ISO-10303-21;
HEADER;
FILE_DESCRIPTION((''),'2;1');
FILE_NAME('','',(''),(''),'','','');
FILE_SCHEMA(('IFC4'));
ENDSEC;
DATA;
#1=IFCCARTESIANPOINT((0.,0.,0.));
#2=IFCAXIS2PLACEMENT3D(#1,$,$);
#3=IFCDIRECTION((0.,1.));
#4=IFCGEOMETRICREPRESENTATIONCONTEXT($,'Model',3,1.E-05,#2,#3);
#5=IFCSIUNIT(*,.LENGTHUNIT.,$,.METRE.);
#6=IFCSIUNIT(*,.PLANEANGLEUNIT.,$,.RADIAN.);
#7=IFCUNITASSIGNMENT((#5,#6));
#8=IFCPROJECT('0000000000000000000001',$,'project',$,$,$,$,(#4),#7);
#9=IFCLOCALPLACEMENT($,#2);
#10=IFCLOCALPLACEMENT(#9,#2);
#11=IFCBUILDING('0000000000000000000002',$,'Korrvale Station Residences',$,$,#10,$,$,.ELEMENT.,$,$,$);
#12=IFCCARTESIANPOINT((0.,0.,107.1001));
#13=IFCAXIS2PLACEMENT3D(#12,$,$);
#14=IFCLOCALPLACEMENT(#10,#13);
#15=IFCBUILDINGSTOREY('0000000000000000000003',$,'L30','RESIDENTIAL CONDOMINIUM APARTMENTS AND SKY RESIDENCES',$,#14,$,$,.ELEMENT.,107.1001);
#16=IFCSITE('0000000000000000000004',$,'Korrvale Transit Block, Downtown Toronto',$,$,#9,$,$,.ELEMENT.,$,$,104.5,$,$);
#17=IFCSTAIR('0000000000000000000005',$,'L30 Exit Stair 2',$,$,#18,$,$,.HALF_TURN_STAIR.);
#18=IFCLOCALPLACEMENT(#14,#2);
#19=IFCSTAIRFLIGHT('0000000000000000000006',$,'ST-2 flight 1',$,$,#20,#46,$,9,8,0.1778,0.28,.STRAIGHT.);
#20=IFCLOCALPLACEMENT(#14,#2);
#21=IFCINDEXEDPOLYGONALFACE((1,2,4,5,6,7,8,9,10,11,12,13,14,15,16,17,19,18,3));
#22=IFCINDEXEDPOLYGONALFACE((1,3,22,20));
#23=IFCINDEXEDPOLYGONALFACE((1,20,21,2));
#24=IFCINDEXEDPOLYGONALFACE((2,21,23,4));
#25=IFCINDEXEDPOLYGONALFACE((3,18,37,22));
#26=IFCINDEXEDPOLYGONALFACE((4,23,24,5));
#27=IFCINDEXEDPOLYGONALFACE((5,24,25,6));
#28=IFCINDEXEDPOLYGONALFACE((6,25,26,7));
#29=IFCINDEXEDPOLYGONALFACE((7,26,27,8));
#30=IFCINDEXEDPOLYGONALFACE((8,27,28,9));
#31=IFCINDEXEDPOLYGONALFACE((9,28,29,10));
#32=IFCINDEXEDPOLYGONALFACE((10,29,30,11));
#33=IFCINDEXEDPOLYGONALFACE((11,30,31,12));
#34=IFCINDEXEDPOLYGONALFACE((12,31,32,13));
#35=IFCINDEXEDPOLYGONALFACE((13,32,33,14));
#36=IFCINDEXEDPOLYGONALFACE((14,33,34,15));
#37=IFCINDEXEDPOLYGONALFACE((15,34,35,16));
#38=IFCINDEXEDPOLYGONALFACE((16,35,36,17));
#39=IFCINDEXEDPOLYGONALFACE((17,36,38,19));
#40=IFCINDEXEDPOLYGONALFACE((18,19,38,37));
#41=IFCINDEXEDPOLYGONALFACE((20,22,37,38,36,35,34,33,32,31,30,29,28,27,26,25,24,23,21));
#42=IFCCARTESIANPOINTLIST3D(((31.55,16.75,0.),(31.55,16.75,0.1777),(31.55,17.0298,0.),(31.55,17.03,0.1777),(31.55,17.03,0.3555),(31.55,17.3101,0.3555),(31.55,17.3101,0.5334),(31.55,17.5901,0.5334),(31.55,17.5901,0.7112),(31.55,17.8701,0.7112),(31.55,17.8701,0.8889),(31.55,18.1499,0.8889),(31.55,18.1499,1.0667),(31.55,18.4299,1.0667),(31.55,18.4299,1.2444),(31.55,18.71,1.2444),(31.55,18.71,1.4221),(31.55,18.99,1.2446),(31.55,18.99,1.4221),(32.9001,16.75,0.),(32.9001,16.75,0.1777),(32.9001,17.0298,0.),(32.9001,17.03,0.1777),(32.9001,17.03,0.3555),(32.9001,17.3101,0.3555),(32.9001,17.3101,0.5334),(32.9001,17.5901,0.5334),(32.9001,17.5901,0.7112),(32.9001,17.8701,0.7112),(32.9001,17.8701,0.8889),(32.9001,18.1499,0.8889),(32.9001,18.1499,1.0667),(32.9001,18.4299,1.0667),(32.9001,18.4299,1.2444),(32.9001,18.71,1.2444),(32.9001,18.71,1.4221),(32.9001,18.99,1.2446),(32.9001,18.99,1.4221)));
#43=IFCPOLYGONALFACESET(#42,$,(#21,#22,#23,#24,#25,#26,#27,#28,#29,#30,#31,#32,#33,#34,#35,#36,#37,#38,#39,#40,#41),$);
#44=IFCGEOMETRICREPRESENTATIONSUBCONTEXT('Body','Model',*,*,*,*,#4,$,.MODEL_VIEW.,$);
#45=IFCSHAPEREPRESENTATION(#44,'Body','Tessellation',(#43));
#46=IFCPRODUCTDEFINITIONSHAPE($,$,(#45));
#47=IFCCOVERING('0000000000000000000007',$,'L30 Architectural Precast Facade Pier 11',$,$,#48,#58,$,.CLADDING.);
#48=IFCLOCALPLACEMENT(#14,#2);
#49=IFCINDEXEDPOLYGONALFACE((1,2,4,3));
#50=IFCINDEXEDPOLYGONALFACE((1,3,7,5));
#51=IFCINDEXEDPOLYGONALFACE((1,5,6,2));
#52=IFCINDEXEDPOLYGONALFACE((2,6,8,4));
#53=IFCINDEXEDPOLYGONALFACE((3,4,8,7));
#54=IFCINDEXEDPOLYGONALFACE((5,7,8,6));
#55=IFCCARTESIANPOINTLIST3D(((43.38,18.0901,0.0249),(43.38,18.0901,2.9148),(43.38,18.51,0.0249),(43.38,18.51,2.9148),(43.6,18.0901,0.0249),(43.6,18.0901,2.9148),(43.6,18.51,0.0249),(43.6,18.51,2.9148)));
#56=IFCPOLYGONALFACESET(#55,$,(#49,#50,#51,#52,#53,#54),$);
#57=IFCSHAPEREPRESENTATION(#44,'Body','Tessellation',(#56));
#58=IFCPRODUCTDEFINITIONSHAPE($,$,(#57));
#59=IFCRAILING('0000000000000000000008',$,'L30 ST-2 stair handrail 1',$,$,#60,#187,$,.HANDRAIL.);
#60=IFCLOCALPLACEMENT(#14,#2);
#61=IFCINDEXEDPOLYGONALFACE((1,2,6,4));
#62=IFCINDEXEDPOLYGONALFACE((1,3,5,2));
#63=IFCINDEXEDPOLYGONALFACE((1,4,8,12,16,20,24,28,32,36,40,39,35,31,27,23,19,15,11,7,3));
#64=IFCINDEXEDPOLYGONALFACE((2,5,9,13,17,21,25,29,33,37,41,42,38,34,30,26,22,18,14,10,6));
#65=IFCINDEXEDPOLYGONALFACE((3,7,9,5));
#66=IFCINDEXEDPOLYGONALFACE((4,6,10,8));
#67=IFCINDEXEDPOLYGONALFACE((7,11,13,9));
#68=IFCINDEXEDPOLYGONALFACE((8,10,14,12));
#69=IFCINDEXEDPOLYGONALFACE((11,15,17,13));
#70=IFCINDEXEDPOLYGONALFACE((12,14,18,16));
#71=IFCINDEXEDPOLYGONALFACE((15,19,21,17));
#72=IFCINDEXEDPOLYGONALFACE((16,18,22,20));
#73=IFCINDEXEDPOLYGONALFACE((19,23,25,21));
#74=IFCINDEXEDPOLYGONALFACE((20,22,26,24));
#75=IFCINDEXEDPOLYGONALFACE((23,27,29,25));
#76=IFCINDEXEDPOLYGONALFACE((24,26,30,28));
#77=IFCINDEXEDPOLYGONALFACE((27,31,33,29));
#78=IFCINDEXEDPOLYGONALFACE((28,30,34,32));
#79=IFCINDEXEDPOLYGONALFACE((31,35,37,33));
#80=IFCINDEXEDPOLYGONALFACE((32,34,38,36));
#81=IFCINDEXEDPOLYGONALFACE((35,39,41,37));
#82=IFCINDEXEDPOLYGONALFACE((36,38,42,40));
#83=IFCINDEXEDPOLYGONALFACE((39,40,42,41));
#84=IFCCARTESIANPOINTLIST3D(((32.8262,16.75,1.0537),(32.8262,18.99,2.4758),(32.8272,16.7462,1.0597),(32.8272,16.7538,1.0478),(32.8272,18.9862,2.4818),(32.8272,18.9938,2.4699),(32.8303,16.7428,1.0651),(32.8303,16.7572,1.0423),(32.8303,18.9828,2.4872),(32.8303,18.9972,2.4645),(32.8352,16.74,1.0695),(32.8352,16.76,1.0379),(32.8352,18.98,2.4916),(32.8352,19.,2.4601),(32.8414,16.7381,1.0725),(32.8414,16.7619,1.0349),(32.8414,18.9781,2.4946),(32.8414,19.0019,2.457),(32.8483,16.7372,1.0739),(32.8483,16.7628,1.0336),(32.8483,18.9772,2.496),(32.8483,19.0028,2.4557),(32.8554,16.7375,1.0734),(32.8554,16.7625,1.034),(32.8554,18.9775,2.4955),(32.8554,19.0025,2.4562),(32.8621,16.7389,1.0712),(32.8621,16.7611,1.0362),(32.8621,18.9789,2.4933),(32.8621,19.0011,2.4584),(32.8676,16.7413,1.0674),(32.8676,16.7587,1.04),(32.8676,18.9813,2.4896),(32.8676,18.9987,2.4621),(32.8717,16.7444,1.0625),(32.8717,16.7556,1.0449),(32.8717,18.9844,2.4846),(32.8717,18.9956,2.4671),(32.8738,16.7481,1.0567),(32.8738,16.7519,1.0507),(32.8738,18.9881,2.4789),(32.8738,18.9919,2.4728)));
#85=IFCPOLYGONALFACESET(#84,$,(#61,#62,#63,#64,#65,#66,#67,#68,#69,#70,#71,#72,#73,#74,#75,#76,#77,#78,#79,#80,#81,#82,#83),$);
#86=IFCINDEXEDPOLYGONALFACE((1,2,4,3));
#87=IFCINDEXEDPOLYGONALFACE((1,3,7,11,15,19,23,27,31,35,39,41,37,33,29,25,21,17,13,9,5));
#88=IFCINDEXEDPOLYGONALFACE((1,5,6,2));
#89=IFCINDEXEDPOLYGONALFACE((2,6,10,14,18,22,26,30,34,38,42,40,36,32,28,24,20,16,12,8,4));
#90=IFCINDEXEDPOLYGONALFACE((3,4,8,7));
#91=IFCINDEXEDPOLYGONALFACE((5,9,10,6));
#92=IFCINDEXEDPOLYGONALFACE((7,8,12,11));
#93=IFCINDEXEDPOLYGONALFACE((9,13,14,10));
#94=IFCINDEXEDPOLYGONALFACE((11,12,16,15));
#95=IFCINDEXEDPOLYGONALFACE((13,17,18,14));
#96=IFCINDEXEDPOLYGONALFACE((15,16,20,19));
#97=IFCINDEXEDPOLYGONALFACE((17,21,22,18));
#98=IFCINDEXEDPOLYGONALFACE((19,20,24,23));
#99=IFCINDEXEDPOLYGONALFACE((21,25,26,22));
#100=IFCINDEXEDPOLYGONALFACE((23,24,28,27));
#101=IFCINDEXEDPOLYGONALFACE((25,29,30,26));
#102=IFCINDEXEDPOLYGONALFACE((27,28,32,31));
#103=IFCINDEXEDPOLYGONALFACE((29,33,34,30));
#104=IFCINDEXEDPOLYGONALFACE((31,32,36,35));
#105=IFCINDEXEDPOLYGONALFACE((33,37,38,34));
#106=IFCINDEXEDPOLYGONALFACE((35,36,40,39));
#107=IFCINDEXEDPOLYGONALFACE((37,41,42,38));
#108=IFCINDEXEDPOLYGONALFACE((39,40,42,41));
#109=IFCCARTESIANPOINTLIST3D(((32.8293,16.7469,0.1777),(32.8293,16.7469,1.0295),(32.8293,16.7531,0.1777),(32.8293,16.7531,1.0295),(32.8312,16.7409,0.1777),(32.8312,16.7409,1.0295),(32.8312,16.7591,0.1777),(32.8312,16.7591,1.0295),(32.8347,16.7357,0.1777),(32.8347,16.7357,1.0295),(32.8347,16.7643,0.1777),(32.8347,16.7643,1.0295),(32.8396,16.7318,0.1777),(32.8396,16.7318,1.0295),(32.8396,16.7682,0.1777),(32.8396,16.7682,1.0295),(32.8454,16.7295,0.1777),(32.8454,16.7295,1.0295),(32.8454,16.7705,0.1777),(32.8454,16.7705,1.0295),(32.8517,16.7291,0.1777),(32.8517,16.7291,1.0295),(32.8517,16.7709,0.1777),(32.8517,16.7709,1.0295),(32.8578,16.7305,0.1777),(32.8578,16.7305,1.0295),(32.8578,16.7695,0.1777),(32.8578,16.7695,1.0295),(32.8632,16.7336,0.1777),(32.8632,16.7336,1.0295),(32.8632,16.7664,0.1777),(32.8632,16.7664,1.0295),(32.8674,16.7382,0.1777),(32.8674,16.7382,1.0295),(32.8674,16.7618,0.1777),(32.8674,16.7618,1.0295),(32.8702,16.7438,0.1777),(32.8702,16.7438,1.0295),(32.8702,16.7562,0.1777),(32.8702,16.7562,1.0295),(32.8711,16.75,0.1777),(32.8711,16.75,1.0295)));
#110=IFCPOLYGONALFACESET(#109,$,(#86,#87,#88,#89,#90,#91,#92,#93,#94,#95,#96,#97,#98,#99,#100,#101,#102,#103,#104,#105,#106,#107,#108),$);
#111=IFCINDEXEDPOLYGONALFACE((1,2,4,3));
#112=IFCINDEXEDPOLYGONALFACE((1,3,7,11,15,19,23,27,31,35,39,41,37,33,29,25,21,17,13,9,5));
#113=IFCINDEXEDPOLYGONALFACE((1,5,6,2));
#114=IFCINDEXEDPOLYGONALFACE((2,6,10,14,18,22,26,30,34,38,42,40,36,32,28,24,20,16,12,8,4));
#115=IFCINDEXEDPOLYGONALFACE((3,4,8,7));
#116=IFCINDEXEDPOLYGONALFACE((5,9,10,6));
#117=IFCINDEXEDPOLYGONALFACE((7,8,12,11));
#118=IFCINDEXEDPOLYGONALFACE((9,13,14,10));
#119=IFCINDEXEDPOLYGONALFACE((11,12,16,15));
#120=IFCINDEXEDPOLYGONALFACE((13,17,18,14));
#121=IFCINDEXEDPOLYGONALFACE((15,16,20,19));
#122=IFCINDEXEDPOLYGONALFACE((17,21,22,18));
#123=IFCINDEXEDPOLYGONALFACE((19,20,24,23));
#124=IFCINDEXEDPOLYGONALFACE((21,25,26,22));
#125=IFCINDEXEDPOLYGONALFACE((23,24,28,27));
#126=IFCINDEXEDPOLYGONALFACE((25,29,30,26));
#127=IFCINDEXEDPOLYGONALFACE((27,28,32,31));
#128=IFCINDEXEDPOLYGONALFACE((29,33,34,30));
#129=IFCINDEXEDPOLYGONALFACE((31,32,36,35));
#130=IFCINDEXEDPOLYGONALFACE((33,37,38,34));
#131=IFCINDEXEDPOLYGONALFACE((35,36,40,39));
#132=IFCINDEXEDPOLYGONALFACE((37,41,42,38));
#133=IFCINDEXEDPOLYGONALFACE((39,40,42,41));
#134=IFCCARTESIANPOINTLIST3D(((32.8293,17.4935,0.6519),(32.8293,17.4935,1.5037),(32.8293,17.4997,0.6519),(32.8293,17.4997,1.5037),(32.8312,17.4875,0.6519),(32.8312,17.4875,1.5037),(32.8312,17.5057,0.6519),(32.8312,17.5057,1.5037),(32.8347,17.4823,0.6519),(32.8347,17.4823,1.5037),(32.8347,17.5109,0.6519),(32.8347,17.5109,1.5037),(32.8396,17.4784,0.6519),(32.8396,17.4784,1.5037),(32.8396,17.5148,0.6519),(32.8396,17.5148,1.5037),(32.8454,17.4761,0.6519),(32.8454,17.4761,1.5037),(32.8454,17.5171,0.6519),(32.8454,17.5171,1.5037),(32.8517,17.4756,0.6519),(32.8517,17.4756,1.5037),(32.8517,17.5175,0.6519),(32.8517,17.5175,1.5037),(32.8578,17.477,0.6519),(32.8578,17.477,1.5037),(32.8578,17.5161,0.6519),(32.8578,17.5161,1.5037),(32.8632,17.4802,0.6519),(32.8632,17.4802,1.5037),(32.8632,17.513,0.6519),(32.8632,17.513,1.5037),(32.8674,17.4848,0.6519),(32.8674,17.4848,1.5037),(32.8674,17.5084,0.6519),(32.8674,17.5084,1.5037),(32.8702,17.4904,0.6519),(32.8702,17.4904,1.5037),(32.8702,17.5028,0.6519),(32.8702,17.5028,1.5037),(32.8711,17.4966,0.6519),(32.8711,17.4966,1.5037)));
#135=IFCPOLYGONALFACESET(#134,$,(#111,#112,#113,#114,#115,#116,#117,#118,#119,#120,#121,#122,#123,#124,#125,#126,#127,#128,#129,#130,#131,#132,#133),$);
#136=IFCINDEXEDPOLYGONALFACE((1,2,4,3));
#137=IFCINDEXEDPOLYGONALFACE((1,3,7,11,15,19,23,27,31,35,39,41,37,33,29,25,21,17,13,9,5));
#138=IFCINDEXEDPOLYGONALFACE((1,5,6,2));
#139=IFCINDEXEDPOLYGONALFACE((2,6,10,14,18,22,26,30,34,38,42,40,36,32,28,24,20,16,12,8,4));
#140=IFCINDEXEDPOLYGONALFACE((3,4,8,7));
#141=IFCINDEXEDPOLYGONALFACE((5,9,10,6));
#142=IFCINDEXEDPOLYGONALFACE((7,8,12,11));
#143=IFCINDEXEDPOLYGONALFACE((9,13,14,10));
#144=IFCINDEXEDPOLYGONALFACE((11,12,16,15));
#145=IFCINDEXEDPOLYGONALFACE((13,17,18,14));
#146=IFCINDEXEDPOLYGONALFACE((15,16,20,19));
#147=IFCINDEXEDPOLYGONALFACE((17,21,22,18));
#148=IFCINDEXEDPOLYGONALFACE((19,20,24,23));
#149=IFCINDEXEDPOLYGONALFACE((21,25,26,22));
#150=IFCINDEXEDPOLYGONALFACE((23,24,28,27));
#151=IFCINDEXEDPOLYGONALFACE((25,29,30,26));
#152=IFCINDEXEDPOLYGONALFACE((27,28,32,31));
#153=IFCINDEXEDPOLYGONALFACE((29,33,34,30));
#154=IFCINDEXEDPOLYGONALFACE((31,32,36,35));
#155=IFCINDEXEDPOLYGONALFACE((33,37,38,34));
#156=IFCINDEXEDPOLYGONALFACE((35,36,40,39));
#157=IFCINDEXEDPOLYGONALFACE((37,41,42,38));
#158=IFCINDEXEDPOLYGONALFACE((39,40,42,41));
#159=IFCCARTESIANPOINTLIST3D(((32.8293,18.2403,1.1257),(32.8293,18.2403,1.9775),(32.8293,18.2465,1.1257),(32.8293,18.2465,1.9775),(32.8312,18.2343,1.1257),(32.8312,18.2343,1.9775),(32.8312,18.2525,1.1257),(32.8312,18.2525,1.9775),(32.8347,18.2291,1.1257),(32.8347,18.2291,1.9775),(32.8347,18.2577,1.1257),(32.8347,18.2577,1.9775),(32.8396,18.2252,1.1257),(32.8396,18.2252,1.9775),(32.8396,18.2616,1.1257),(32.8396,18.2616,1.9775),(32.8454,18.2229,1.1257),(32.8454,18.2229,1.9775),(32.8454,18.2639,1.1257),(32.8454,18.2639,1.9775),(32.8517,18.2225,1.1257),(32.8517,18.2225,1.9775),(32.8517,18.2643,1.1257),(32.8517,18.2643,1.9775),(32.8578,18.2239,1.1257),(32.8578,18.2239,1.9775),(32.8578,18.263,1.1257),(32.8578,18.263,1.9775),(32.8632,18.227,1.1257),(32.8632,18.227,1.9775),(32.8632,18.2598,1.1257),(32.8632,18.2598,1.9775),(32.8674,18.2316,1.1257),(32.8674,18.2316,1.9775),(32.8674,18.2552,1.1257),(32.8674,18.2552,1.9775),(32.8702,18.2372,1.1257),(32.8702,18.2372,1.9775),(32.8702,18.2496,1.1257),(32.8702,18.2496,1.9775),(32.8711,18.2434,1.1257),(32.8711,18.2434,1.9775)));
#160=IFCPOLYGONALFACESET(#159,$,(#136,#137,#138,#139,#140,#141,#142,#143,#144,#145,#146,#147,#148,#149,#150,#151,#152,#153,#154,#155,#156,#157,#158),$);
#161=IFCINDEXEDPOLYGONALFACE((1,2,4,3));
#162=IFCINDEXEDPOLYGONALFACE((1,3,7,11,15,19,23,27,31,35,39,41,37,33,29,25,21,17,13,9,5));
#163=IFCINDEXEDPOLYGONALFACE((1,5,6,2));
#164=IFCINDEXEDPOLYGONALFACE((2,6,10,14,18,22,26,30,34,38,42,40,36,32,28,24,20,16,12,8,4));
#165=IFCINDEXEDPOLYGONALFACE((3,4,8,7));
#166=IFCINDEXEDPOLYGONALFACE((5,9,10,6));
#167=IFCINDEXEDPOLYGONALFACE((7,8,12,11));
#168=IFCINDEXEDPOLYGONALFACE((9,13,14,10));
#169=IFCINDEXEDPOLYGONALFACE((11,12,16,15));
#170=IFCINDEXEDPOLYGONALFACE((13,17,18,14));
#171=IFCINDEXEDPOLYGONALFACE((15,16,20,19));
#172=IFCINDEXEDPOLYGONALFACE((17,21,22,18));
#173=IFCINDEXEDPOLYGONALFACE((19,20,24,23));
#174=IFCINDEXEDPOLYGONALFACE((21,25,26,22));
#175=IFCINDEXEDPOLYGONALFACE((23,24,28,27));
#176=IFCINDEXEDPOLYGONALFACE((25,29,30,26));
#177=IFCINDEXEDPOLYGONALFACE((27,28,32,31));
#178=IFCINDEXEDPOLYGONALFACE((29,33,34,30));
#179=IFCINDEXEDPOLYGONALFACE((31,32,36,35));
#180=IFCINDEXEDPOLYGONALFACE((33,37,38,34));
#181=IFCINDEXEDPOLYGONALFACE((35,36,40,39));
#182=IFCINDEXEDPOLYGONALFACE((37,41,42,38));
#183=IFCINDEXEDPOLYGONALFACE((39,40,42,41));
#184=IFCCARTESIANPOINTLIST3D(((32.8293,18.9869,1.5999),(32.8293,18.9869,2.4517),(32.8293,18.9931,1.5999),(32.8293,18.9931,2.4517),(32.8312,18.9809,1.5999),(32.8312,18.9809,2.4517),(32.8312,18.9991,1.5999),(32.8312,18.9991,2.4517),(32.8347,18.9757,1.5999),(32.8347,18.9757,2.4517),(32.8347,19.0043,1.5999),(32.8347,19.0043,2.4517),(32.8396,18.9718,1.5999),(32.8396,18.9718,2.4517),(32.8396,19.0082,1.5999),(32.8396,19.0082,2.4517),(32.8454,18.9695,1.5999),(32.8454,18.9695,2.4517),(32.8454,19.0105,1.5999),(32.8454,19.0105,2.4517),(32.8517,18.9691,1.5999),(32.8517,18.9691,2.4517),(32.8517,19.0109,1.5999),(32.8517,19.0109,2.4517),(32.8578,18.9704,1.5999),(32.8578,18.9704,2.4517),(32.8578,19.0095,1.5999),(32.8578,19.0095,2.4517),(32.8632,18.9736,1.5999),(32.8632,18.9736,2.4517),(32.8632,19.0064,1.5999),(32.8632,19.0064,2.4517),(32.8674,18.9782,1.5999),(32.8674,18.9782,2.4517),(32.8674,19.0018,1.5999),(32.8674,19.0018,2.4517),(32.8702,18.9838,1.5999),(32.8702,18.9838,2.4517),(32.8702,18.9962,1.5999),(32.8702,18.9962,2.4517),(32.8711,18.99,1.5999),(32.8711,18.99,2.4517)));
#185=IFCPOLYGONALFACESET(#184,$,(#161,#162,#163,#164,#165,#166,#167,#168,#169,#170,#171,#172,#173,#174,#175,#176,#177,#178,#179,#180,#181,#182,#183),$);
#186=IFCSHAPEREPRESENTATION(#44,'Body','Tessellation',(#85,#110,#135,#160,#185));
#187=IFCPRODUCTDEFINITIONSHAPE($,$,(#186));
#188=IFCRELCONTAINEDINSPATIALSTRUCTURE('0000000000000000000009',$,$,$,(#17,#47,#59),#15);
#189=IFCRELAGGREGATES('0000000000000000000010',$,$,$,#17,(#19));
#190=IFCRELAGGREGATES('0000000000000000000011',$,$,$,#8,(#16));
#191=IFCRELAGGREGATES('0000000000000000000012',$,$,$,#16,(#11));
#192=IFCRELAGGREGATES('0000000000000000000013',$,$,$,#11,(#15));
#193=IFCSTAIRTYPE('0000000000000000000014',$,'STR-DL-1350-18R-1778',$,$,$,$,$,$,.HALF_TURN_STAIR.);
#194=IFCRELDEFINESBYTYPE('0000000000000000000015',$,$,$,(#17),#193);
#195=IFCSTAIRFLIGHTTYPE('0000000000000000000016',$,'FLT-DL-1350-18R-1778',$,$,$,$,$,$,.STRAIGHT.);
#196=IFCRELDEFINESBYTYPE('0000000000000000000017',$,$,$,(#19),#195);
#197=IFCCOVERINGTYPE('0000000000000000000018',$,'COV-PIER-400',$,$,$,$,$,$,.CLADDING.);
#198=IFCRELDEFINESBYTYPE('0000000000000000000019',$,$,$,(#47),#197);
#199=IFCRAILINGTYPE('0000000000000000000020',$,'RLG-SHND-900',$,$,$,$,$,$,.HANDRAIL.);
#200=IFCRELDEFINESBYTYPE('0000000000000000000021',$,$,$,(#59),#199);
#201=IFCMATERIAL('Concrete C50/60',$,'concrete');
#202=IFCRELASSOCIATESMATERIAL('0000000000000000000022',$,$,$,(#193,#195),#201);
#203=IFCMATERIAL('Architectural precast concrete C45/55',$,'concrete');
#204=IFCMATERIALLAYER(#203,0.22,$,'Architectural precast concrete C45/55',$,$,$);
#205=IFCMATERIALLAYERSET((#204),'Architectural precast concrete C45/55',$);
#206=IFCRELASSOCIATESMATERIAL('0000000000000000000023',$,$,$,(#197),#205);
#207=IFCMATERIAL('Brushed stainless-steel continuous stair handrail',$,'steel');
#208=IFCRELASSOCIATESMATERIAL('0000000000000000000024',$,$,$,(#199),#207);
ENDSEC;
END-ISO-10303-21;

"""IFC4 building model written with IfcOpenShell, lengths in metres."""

from ifc_helpers import new_model, si_unit, direction, frame, origin, origin_2d, place, context, subcontext, project, spatial, polyline, rectangle, circle, outline, extrude, material, layer, layer_set, type_object, element, aggregate, save


model = new_model("IFC4")

# Units and contexts
model_context = context("Model", 3, precision=1e-05, world=origin(), true_north=direction((0.0, 1.0)))
body_context = subcontext(model_context, "Body", "Model", "MODEL_VIEW")
ifc_project = project(units=[si_unit("LENGTHUNIT", "METRE"), si_unit("PLANEANGLEUNIT", "RADIAN")], contexts=[model_context])

# Site, building, storey
site_placement = place(None, origin())
site = spatial("IfcSite", under=ifc_project, at=site_placement, Name="Korrvale Transit Block, Downtown Toronto", CompositionType="ELEMENT", RefElevation=104.5)
building_placement = place(site_placement, origin())
building = spatial("IfcBuilding", under=site, at=building_placement, Name="Korrvale Station Residences", CompositionType="ELEMENT")
storey_placement = place(building_placement, frame((0.0, 0.0, 107.1001)))
storey = spatial("IfcBuildingStorey", under=building, at=storey_placement, Name="L30", Description="RESIDENTIAL CONDOMINIUM APARTMENTS AND SKY RESIDENCES", CompositionType="ELEMENT", Elevation=107.1001)

# Stair, stair flight
ifc_material_1 = material(Name="Concrete C50/60", Category="concrete")
stair_type = type_object("IfcStairType", Name="STR-DL-1350-18R-1778", PredefinedType="HALF_TURN_STAIR", material=ifc_material_1)
stair_placement = place(storey_placement, origin())
stair = element("IfcStair", 1, at=stair_placement, inside=storey, type_object=stair_type, Name="L30 Exit Stair 2", PredefinedType="HALF_TURN_STAIR")
stair_flight_type = type_object("IfcStairFlightType", Name="FLT-DL-1350-18R-1778", PredefinedType="STRAIGHT", material=ifc_material_1)
stair_flight_placement = place(storey_placement, frame((32.2251, 16.75, 0.0), z_axis=(0.0, 0.0, 1.0), x_axis=(0.0, 1.0, 0.0)))
stair_flight = element("IfcStairFlight", 2, at=stair_flight_placement, type_object=stair_flight_type, Name="ST-2 flight 1", NumberOfRisers=9, NumberOfTreads=8, PredefinedType="STRAIGHT", RiserHeight=0.1778, TreadLength=0.28, context=body_context, shape_type="SweptSolid", body=[
    extrude(outline(polyline([(0.0, 0.0), (0.0, 0.1777), (0.28, 0.1777), (0.28, 0.3555), (0.5601, 0.3555), (0.5601, 0.5334), (0.8401, 0.5334), (0.8401, 0.7112), (1.1201, 0.7112), (1.1201, 0.8889), (1.3999, 0.8889), (1.3999, 1.0667), (1.6799, 1.0667), (1.6799, 1.2444), (1.96, 1.2444), (1.96, 1.4221), (2.24, 1.4221), (2.24, 1.6001), (2.24, 1.2446), (0.2798, 0.0), (0.0, 0.0)])), frame((0.0, 0.675, 0.0), z_axis=(0.0, -1.0, 0.0), x_axis=(1.0, 0.0, 0.0)), (0.0, 0.0, 1.0), 1.3501),
])
aggregate(stair, [stair_flight])

# Covering
ifc_material_2 = material(Name="Architectural precast concrete C45/55", Category="concrete")
ifc_layer_1 = layer(ifc_material_2, 0.22, Name="Architectural precast concrete C45/55")
ifc_layer_set_1 = layer_set([ifc_layer_1], Name="Architectural precast concrete C45/55")
covering_type = type_object("IfcCoveringType", Name="COV-PIER-400", PredefinedType="CLADDING", material=ifc_layer_set_1)
covering_placement = place(storey_placement, frame((43.49, 18.3, 0.0249), z_axis=(0.0, 0.0, 1.0), x_axis=(0.0, 1.0, 0.0)))
element("IfcCovering", 3, at=covering_placement, inside=storey, type_object=covering_type, Name="L30 Architectural Precast Facade Pier 11", PredefinedType="CLADDING", context=body_context, shape_type="SweptSolid", body=[
    extrude(rectangle(XDim=0.4199, YDim=0.22, at=origin_2d()), origin(), (0.0, 0.0, 1.0), 2.8899),
])

# Railing
ifc_material_3 = material(Name="Brushed stainless-steel continuous stair handrail", Category="steel")
railing_type_1 = type_object("IfcRailingType", Name="RLG-SHND-900", PredefinedType="HANDRAIL", material=ifc_material_3)
railing_1_placement = place(storey_placement, frame((32.8501, 16.75, 0.1777)))
element("IfcRailing", 4, at=railing_1_placement, inside=storey, type_object=railing_type_1, Name="L30 ST-2 stair handrail 1", PredefinedType="HANDRAIL", context=body_context, shape_type="SweptSolid", body=[
    extrude(circle(Radius=0.0239, at=origin_2d()), frame((0.0, 0.0, 0.876), z_axis=(0.0, 0.844229, 0.535982), x_axis=(-1.0, 0.0, 0.0)), (0.0, 0.0, 1.0), 2.6533),
    extrude(circle(Radius=0.021, at=origin_2d()), origin(), (0.0, 0.0, 1.0), 0.8518),
    extrude(circle(Radius=0.021, at=origin_2d()), frame((0.0, 0.7466, 0.4741)), (0.0, 0.0, 1.0), 0.8518),
    extrude(circle(Radius=0.021, at=origin_2d()), frame((0.0, 1.4934, 0.948)), (0.0, 0.0, 1.0), 0.8518),
    extrude(circle(Radius=0.021, at=origin_2d()), frame((0.0, 2.24, 1.4221)), (0.0, 0.0, 1.0), 0.8518),
])

save(model, "model.ifc")
